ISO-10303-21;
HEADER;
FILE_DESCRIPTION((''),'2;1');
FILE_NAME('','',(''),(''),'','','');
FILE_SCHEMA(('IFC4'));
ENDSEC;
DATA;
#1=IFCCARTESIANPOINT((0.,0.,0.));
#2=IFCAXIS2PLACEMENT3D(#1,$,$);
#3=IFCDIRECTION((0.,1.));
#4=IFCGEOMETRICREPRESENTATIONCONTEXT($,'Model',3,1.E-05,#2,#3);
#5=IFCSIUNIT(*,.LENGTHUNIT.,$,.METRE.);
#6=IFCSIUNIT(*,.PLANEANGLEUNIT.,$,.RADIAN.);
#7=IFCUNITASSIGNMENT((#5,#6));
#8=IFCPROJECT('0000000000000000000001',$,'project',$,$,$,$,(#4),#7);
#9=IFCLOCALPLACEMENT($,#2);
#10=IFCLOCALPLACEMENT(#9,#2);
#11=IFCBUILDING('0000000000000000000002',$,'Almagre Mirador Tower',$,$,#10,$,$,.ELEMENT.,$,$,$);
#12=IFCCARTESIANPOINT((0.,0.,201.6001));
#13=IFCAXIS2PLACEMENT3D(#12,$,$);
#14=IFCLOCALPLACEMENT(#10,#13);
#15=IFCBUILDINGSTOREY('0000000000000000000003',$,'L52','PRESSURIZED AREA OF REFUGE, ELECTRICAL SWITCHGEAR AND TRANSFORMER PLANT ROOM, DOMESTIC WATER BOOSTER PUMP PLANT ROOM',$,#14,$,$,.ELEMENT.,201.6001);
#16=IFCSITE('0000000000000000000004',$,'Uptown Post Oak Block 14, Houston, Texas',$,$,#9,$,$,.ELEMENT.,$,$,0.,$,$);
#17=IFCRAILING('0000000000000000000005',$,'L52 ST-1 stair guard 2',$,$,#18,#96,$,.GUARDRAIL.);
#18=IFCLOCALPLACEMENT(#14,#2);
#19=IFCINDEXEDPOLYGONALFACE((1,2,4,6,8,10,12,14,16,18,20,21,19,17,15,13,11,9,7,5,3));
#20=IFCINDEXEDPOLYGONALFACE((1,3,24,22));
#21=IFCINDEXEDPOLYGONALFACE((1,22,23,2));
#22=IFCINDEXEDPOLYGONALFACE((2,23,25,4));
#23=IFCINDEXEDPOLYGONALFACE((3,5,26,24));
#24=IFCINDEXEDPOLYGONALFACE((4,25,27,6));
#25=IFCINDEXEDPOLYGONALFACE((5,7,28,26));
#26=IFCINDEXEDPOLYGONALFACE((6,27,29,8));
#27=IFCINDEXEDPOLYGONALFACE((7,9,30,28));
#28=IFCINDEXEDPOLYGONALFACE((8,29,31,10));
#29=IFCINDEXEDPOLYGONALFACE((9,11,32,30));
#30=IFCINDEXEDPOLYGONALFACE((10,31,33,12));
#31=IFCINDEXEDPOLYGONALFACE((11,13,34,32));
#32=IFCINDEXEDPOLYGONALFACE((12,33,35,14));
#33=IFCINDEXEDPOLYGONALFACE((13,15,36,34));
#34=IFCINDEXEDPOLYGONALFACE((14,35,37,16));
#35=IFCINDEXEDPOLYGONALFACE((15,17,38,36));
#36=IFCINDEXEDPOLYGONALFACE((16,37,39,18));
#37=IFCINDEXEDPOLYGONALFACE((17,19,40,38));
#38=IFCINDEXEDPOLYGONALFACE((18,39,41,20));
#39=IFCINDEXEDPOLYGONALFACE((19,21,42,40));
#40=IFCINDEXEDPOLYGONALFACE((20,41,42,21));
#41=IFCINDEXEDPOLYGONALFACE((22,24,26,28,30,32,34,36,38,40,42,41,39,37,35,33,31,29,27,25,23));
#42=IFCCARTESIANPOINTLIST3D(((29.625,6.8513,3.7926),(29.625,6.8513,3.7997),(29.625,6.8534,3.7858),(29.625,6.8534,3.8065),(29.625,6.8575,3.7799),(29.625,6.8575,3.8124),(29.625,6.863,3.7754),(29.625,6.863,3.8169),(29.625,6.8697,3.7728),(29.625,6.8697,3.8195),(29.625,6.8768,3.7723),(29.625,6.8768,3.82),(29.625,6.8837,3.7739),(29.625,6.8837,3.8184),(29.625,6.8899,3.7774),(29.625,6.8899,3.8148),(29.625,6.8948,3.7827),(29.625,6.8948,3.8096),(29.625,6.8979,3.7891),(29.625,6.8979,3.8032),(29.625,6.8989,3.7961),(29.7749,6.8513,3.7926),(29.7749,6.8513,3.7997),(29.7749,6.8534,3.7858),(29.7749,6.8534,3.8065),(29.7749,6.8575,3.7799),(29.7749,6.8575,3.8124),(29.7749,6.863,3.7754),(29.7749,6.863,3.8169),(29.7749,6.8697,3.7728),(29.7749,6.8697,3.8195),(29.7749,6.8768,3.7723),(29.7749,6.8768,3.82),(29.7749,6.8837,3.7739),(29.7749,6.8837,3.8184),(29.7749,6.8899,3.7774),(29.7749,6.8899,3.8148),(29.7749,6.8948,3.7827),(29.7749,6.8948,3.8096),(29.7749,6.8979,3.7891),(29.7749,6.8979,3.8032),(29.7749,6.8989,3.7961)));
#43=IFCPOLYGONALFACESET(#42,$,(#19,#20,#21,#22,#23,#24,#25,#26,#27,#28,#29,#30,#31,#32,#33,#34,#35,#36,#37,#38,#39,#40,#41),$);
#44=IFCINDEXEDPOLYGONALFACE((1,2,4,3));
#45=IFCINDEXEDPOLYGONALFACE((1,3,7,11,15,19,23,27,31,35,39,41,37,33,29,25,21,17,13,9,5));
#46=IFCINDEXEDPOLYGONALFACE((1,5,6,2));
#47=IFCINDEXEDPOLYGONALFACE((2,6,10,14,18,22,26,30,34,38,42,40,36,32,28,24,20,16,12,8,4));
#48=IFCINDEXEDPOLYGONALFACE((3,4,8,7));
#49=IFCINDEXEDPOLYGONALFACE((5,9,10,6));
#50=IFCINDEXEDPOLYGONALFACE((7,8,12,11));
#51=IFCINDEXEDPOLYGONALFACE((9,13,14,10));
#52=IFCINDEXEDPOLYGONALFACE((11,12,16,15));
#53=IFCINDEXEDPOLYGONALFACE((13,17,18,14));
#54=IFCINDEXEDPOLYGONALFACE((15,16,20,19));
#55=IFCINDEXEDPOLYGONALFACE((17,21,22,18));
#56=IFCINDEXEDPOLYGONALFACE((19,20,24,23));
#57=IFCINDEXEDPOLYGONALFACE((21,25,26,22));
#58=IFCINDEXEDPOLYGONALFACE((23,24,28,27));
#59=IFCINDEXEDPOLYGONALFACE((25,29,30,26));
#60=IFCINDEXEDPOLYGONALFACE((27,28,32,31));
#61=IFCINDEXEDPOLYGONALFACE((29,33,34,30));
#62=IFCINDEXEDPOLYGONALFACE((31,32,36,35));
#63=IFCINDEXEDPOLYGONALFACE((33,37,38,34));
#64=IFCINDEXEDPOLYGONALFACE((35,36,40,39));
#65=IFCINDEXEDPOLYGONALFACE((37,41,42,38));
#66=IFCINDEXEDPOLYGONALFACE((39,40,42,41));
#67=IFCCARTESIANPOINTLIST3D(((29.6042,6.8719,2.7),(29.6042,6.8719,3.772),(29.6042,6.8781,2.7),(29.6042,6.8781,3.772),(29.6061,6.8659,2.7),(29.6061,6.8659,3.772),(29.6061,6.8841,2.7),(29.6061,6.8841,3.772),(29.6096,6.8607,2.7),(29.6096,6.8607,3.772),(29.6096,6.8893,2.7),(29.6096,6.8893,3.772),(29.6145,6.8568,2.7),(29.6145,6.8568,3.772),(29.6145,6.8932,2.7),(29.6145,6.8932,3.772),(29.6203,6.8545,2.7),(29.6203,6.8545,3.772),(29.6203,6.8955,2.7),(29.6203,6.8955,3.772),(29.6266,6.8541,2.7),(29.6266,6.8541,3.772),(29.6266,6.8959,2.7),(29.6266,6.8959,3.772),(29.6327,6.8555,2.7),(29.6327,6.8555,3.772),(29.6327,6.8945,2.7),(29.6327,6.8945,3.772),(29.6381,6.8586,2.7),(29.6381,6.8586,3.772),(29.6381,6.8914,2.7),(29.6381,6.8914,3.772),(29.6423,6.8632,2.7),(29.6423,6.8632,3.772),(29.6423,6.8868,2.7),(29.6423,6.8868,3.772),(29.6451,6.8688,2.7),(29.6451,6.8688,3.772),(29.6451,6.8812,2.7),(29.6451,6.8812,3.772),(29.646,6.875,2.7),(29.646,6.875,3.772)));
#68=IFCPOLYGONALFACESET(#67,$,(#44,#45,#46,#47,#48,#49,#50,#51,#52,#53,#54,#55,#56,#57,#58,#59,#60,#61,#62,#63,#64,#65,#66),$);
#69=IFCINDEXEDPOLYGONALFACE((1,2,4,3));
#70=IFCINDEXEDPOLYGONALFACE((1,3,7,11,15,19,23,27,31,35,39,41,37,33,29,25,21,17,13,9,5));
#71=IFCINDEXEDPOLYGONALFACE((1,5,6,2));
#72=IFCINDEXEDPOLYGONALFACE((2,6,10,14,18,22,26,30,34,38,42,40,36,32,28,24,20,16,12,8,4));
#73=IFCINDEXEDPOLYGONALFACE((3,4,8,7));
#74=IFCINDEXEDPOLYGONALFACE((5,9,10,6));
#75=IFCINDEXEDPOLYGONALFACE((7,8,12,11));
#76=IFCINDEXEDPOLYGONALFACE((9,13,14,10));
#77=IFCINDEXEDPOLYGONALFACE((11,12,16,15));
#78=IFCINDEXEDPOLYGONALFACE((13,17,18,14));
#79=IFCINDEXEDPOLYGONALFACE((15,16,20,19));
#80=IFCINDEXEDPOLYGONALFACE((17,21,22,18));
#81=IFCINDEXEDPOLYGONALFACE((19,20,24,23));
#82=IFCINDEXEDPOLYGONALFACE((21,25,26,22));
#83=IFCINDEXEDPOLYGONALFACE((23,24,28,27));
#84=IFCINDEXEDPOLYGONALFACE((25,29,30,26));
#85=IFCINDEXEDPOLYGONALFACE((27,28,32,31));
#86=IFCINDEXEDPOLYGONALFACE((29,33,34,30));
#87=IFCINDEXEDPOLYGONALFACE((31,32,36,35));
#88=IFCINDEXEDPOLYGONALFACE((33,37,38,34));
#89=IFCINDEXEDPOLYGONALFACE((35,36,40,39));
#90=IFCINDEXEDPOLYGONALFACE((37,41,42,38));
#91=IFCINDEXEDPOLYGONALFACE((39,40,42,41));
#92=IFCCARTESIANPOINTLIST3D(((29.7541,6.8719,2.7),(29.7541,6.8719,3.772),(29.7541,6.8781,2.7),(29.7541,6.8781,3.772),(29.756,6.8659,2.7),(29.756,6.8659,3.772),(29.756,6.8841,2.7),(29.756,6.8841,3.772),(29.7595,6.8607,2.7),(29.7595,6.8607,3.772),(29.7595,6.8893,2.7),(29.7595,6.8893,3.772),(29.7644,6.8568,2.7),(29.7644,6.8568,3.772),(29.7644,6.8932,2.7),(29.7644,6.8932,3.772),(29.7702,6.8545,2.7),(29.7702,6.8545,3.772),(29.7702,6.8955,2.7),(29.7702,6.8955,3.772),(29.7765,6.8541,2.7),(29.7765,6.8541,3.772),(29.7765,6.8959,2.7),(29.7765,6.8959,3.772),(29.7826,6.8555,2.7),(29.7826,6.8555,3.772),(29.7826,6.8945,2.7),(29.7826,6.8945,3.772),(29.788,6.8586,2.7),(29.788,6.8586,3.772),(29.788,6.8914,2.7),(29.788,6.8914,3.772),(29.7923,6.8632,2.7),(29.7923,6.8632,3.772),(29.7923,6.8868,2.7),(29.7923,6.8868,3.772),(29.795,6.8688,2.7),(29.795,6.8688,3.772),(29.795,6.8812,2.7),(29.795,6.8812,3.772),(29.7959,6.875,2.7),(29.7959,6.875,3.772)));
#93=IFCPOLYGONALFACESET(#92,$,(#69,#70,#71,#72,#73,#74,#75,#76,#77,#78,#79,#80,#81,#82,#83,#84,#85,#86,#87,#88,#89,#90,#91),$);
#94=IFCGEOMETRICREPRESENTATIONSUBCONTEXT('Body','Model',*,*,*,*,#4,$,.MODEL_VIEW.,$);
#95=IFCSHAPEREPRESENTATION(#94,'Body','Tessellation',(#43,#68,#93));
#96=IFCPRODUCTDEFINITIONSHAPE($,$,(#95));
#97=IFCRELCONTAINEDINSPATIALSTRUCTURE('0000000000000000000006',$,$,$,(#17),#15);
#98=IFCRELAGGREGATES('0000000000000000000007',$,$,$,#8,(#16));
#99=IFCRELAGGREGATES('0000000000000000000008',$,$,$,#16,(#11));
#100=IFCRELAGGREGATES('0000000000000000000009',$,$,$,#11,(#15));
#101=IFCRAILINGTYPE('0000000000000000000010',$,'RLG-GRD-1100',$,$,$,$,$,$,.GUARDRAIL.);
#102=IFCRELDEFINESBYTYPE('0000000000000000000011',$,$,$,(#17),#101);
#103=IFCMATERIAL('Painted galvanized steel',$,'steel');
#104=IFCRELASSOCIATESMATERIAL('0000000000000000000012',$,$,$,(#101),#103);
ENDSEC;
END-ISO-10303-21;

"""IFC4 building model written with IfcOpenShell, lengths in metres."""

from ifc_helpers import new_model, si_unit, direction, frame, origin, origin_2d, place, context, subcontext, project, spatial, circle, extrude, material, type_object, element, save


model = new_model("IFC4")

# Units and contexts
model_context = context("Model", 3, precision=1e-05, world=origin(), true_north=direction((0.0, 1.0)))
body_context = subcontext(model_context, "Body", "Model", "MODEL_VIEW")
ifc_project = project(units=[si_unit("LENGTHUNIT", "METRE"), si_unit("PLANEANGLEUNIT", "RADIAN")], contexts=[model_context])

# Site, building, storey
site_placement = place(None, origin())
site = spatial("IfcSite", under=ifc_project, at=site_placement, Name="Uptown Post Oak Block 14, Houston, Texas", CompositionType="ELEMENT", RefElevation=0.0)
building_placement = place(site_placement, origin())
building = spatial("IfcBuilding", under=site, at=building_placement, Name="Almagre Mirador Tower", CompositionType="ELEMENT")
storey_placement = place(building_placement, frame((0.0, 0.0, 201.6001)))
storey = spatial("IfcBuildingStorey", under=building, at=storey_placement, Name="L52", Description="PRESSURIZED AREA OF REFUGE, ELECTRICAL SWITCHGEAR AND TRANSFORMER PLANT ROOM, DOMESTIC WATER BOOSTER PUMP PLANT ROOM", CompositionType="ELEMENT", Elevation=201.6001)

# Railing
ifc_material_1 = material(Name="Painted galvanized steel", Category="steel")
railing_type_1 = type_object("IfcRailingType", Name="RLG-GRD-1100", PredefinedType="GUARDRAIL", material=ifc_material_1)
railing_1_placement = place(storey_placement, frame((29.625, 6.875, 2.7)))
element("IfcRailing", 1, at=railing_1_placement, inside=storey, type_object=railing_type_1, Name="L52 ST-1 stair guard 2", PredefinedType="GUARDRAIL", context=body_context, shape_type="SweptSolid", body=[
    extrude(circle(Radius=0.0239, at=origin_2d()), frame((0.0, 0.0, 1.0962), z_axis=(1.0, 0.0, 0.0), x_axis=(0.0, 1.0, 0.0)), (0.0, 0.0, 1.0), 0.1499),
    extrude(circle(Radius=0.021, at=origin_2d()), origin(), (0.0, 0.0, 1.0), 1.072),
    extrude(circle(Radius=0.021, at=origin_2d()), frame((0.1499, 0.0, 0.0)), (0.0, 0.0, 1.0), 1.072),
])

save(model, "model.ifc")
